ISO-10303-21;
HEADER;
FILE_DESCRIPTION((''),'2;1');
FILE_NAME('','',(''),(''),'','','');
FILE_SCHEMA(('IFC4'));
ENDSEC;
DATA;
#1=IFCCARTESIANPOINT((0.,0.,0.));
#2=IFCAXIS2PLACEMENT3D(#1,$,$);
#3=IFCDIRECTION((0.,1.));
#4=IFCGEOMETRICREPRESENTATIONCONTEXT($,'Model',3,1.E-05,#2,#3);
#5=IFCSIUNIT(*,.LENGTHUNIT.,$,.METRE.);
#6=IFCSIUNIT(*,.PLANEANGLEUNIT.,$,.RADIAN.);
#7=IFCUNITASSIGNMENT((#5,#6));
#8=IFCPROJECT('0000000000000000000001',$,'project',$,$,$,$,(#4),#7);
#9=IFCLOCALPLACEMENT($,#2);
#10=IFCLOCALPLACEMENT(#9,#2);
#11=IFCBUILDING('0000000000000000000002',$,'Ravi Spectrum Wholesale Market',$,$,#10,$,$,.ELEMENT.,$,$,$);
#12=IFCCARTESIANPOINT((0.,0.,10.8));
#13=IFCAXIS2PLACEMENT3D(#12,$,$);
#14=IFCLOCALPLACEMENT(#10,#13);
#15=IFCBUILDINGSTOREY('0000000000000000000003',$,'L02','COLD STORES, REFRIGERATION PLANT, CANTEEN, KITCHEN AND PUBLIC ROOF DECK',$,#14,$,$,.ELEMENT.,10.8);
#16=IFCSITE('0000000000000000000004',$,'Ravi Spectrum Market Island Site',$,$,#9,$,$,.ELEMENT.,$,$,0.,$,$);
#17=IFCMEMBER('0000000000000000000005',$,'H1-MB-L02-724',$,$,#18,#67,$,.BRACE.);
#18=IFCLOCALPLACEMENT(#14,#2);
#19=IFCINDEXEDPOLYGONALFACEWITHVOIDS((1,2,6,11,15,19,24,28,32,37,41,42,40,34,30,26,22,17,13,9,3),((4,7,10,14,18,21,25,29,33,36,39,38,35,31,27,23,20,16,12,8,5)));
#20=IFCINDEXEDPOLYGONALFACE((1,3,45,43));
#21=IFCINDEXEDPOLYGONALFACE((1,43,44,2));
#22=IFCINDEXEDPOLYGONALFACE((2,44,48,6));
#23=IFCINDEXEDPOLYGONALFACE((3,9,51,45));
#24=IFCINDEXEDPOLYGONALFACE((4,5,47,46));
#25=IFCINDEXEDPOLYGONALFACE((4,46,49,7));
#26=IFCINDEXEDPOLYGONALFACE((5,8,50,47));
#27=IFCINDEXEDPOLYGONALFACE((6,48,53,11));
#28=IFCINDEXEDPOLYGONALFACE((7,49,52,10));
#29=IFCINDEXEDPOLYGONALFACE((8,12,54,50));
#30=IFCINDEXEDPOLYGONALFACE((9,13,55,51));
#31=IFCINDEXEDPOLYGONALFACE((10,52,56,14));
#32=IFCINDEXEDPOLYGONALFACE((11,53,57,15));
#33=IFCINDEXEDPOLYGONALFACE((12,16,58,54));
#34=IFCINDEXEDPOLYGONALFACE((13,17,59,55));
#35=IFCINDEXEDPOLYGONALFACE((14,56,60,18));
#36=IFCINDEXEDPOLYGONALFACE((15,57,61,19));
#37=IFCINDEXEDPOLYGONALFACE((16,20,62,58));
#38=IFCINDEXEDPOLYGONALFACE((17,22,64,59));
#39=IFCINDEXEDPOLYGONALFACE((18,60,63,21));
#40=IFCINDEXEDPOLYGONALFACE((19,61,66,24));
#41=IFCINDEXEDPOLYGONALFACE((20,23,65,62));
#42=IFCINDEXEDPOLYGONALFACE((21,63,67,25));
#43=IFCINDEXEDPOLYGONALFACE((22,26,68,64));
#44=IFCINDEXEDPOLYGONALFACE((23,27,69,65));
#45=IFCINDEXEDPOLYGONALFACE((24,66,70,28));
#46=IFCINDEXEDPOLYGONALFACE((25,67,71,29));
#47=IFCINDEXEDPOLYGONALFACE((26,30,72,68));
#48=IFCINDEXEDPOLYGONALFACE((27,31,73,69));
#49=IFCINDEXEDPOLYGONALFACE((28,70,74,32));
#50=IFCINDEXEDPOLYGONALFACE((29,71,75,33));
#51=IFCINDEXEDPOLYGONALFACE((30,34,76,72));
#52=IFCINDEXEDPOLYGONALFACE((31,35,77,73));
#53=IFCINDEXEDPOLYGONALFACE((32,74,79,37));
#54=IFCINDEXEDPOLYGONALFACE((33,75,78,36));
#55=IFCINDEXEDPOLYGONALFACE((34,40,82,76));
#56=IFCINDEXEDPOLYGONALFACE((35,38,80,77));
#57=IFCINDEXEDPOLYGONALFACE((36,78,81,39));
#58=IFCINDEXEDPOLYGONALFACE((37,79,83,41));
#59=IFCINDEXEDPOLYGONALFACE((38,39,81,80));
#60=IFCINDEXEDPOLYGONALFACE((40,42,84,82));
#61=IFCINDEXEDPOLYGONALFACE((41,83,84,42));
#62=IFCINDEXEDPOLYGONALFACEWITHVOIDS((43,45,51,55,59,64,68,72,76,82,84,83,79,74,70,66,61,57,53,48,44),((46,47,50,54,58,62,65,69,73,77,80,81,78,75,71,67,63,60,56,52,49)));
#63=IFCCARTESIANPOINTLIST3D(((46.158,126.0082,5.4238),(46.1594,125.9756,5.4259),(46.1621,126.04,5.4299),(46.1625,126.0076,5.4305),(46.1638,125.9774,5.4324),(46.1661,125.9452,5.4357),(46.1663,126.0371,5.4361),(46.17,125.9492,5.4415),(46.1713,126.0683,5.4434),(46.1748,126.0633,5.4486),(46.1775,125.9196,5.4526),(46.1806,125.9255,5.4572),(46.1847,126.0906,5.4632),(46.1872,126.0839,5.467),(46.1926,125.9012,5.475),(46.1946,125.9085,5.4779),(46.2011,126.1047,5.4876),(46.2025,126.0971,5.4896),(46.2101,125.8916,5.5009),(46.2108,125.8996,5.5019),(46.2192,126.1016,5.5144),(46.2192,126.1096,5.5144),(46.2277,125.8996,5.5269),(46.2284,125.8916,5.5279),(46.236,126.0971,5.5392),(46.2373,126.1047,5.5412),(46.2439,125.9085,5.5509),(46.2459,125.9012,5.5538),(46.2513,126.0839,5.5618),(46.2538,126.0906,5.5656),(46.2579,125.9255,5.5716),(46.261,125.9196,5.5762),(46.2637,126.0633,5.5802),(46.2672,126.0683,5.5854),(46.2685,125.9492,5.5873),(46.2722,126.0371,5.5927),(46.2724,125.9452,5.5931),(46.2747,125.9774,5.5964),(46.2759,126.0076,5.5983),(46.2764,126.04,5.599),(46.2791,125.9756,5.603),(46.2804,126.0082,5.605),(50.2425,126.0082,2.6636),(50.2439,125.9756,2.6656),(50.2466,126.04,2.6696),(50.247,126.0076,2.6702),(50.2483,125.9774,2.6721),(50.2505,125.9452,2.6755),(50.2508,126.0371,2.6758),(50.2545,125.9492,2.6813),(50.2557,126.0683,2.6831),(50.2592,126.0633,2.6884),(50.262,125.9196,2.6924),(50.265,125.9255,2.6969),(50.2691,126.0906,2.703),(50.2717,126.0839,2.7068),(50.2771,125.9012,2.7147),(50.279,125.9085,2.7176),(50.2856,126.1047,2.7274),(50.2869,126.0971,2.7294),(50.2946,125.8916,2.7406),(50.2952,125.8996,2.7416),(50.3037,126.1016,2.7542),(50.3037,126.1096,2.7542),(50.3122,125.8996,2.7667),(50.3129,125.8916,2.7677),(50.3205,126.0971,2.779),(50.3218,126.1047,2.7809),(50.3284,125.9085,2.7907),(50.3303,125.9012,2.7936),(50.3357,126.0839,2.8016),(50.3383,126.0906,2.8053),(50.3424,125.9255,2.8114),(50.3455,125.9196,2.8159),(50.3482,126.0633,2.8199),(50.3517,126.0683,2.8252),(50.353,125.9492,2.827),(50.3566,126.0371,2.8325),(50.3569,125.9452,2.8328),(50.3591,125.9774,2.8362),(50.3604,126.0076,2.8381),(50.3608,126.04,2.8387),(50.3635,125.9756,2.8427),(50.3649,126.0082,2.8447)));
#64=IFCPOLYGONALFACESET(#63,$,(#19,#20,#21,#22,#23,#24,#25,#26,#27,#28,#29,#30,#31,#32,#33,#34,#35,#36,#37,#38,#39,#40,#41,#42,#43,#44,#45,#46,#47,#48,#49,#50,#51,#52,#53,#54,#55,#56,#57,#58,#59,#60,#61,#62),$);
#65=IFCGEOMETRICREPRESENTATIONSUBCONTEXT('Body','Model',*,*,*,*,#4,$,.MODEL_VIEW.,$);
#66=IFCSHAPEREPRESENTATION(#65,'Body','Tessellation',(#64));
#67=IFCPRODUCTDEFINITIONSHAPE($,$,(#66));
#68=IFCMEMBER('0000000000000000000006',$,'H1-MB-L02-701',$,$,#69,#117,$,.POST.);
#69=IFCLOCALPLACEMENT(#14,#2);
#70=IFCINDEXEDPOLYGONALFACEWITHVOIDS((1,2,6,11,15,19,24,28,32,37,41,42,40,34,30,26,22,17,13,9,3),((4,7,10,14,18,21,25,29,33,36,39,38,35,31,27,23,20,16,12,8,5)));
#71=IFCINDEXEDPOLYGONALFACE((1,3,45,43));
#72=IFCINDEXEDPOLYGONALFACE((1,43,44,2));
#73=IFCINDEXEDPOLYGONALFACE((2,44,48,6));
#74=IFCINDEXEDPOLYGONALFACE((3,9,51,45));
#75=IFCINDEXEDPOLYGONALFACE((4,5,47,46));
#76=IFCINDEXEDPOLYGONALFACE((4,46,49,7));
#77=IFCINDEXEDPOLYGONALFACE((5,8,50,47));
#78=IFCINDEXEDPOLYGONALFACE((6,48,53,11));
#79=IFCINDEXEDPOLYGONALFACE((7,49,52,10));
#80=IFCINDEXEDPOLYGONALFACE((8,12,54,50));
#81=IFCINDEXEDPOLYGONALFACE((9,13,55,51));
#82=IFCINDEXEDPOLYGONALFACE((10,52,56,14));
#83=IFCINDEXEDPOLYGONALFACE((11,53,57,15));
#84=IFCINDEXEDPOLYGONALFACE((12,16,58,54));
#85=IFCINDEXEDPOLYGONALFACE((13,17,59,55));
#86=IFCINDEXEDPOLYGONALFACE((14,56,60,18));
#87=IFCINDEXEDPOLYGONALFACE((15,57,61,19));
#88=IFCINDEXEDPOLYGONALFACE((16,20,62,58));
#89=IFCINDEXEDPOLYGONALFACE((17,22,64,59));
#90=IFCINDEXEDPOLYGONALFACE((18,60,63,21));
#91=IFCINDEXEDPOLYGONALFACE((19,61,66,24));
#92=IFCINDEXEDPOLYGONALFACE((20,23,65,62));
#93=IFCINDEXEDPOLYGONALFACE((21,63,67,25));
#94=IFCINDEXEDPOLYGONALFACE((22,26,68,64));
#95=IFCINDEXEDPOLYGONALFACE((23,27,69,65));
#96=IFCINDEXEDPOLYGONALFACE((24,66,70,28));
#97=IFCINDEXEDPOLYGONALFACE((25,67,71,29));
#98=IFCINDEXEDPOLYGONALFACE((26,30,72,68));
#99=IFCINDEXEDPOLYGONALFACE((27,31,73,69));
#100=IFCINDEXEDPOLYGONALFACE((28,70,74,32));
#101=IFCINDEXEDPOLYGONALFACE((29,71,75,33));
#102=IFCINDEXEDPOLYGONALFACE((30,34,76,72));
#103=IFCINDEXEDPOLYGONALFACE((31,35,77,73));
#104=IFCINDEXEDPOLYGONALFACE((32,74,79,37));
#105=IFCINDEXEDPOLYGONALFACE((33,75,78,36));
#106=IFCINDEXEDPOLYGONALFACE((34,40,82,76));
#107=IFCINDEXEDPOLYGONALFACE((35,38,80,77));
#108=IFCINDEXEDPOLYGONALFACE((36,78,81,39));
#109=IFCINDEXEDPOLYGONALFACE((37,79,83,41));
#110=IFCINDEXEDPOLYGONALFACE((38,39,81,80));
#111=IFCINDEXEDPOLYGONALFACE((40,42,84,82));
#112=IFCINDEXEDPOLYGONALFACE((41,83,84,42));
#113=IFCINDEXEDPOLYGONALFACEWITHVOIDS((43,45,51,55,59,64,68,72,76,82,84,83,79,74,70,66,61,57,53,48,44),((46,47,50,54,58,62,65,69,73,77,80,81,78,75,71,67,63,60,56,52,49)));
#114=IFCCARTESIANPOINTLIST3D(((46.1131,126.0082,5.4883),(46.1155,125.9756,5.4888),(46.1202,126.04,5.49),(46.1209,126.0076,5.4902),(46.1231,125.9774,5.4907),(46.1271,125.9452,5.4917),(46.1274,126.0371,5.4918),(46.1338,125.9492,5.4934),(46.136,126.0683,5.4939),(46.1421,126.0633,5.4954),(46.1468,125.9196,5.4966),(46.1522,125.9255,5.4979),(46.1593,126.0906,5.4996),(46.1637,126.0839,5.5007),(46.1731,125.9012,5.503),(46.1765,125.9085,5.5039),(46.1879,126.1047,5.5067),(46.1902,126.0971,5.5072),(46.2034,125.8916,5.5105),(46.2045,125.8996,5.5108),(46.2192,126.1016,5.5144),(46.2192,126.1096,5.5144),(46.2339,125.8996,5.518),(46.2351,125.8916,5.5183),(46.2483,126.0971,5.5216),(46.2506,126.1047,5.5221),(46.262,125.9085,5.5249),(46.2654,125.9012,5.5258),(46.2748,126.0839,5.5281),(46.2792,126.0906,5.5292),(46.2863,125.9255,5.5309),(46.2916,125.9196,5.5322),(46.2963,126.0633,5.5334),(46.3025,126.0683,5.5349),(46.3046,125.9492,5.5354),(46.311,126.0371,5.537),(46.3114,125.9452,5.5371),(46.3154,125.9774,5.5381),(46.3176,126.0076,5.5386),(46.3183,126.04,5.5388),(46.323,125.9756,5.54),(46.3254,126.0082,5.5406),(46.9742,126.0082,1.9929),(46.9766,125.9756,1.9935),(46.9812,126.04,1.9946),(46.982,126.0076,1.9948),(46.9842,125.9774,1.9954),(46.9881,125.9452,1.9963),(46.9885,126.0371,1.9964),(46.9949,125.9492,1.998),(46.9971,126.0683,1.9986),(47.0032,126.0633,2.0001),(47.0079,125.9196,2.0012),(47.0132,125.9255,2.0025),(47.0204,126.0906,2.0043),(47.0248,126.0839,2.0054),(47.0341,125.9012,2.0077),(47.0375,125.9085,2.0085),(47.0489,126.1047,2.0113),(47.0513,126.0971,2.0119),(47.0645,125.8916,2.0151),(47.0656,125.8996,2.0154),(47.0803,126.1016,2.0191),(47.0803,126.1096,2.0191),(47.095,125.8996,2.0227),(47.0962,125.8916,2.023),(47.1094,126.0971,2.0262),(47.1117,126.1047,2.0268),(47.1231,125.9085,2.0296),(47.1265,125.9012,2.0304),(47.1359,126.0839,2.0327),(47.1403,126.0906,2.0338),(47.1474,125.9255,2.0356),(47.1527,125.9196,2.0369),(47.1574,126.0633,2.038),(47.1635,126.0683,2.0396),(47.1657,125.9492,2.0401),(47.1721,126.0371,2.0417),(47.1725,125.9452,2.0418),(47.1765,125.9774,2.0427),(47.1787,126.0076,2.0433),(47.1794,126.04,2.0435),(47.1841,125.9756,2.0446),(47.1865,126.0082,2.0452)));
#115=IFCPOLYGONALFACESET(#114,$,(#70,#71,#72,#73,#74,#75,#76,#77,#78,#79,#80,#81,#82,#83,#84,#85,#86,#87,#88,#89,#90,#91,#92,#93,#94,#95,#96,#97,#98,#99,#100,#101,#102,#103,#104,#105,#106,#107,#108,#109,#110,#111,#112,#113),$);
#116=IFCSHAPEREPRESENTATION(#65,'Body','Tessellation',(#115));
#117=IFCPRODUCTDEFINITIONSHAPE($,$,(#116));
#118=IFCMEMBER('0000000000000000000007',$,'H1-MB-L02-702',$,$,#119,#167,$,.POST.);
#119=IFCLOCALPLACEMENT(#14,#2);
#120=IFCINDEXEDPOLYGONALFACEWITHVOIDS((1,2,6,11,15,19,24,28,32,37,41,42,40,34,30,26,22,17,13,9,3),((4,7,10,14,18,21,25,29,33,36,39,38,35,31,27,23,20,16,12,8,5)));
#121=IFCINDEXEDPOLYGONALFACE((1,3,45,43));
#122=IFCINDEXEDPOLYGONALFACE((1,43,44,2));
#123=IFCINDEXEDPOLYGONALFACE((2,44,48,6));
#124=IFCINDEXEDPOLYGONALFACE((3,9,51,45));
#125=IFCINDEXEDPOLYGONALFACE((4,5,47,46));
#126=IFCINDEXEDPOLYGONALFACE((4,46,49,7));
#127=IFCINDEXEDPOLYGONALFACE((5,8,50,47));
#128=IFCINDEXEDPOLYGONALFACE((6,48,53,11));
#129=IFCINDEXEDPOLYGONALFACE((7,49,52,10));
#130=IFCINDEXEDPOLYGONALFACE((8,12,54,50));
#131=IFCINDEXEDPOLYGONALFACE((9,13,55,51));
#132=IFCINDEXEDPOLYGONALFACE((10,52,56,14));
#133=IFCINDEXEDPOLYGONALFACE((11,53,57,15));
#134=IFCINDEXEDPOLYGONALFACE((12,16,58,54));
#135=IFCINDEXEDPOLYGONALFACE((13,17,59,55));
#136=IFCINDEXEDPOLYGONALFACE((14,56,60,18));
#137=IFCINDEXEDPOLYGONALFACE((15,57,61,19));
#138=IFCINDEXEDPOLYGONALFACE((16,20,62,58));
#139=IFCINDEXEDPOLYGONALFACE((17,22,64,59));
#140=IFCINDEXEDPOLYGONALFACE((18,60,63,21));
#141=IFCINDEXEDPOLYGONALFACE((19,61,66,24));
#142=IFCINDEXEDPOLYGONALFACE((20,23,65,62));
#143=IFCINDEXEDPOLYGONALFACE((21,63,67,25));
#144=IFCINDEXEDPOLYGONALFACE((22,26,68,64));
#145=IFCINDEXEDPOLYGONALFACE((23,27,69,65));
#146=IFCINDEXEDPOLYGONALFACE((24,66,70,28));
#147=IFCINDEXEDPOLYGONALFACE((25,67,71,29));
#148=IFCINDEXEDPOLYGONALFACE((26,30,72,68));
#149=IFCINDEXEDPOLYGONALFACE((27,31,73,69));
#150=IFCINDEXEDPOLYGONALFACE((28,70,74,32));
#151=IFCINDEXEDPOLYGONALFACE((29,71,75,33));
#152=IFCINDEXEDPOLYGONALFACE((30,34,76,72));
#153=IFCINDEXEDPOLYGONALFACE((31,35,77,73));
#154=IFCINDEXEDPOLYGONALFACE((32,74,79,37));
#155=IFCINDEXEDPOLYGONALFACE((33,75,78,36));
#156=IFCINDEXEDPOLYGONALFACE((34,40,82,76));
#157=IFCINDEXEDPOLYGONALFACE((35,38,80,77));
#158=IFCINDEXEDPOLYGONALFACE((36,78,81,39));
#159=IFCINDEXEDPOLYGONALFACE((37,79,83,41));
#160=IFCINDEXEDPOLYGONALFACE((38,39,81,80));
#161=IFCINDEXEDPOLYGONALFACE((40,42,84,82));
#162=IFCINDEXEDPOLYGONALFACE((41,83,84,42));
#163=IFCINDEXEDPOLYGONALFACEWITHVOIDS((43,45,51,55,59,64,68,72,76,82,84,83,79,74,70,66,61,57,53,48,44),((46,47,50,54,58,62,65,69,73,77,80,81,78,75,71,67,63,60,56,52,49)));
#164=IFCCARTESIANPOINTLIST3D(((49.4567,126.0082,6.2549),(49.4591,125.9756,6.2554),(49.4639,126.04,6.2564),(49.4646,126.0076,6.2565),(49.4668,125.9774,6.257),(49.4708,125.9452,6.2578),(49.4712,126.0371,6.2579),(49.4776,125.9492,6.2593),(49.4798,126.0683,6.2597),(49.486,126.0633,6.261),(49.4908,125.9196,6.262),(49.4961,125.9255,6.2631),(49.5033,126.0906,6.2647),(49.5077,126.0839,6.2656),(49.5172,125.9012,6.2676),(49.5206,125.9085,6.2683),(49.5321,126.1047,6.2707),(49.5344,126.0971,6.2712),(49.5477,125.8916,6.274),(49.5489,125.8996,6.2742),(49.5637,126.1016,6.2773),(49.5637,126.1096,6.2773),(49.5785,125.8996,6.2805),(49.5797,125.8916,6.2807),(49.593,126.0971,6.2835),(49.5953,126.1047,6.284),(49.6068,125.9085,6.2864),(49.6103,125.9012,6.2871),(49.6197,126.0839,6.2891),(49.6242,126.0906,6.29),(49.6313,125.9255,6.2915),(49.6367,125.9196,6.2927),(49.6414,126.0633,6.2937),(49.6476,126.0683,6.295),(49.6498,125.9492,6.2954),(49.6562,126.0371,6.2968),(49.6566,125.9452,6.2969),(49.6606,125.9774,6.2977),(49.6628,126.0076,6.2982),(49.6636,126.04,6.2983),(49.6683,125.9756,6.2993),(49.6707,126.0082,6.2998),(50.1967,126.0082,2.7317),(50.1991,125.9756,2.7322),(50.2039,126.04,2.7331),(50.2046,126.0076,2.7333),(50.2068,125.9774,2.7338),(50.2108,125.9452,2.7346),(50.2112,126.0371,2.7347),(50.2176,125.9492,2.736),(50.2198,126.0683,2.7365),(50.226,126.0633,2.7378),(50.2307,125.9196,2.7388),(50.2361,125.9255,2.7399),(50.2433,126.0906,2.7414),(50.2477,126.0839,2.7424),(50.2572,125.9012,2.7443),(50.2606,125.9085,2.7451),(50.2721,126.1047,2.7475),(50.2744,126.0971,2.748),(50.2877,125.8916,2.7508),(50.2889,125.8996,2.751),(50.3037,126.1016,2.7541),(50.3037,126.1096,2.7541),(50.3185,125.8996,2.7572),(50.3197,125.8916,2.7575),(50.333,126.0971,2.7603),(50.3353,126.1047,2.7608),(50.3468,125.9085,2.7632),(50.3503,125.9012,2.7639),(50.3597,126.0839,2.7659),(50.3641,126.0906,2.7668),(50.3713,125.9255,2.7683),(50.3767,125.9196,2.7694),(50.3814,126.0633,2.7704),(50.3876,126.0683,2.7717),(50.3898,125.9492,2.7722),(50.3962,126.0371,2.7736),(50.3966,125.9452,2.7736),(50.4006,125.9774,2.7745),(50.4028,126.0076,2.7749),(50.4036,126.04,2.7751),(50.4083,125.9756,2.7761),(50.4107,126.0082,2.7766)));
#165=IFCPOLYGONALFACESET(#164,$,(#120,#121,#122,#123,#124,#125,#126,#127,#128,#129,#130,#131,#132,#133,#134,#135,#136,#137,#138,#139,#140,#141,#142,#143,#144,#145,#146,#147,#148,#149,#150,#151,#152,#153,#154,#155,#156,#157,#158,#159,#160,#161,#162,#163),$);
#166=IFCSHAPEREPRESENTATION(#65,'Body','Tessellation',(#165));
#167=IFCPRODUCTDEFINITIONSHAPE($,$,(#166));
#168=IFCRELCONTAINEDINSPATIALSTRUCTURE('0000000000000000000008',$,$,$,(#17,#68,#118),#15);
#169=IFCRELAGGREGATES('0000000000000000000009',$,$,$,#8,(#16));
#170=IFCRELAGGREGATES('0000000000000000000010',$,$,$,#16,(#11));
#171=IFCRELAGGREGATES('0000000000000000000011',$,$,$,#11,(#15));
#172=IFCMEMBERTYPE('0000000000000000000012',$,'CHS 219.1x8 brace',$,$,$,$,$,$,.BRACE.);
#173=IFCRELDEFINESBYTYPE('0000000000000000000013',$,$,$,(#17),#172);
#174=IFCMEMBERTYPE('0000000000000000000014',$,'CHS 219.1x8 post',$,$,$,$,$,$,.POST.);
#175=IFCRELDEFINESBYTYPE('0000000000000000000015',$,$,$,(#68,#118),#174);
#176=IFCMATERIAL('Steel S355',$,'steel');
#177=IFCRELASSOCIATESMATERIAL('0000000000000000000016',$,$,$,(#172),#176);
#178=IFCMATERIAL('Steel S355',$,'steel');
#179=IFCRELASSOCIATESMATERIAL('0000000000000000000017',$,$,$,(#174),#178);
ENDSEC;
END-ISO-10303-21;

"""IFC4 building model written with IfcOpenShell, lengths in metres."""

from ifc_helpers import new_model, si_unit, direction, frame, origin, origin_2d, place, context, subcontext, project, spatial, hollow_circle, extrude, material, material_profile, profile_set, type_object, element, save


model = new_model("IFC4")

# Units and contexts
model_context = context("Model", 3, precision=1e-05, world=origin(), true_north=direction((0.0, 1.0)))
body_context = subcontext(model_context, "Body", "Model", "MODEL_VIEW")
ifc_project = project(units=[si_unit("LENGTHUNIT", "METRE"), si_unit("PLANEANGLEUNIT", "RADIAN")], contexts=[model_context])

# Site, building, storey
site_placement = place(None, origin())
site = spatial("IfcSite", under=ifc_project, at=site_placement, Name="Ravi Spectrum Market Island Site", CompositionType="ELEMENT", RefElevation=0.0)
building_placement = place(site_placement, origin())
building = spatial("IfcBuilding", under=site, at=building_placement, Name="Ravi Spectrum Wholesale Market", CompositionType="ELEMENT")
storey_placement = place(building_placement, frame((0.0, 0.0, 10.8)))
storey = spatial("IfcBuildingStorey", under=building, at=storey_placement, Name="L02", Description="COLD STORES, REFRIGERATION PLANT, CANTEEN, KITCHEN AND PUBLIC ROOF DECK", CompositionType="ELEMENT", Elevation=10.8)

# Members
ifc_material_1 = material(Name="Steel S355", Category="steel")
ifc_material_profile_1 = material_profile(ifc_material_1, hollow_circle(Radius=0.1096, WallThickness=0.0081, at=origin_2d()))
ifc_profile_set_1 = profile_set([ifc_material_profile_1], Name="Steel S355")
member_type_1 = type_object("IfcMemberType", Name="CHS 219.1x8 brace", PredefinedType="BRACE", material=ifc_profile_set_1)
member_1_placement = place(storey_placement, frame((46.2192, 126.0, 5.5144), z_axis=(0.828544, 0.0, -0.559924), x_axis=(0.0, 1.0, 0.0)))
element("IfcMember", 1, at=member_1_placement, inside=storey, type_object=member_type_1, Name="H1-MB-L02-724", PredefinedType="BRACE", context=body_context, shape_type="SweptSolid", body=[
    extrude(hollow_circle(Radius=0.1096, WallThickness=0.0081, at=origin_2d()), origin(), (0.0, 0.0, 1.0), 4.9297),
])
ifc_material_2 = material(Name="Steel S355", Category="steel")
ifc_material_profile_2 = material_profile(ifc_material_2, hollow_circle(Radius=0.1096, WallThickness=0.0081, at=origin_2d()))
ifc_profile_set_2 = profile_set([ifc_material_profile_2], Name="Steel S355")
member_type_2 = type_object("IfcMemberType", Name="CHS 219.1x8 post", PredefinedType="POST", material=ifc_profile_set_2)
member_2_placement = place(storey_placement, frame((46.2192, 126.0, 5.5144), z_axis=(0.239199, 0.0, -0.970971), x_axis=(0.0, 1.0, 0.0)))
element("IfcMember", 2, at=member_2_placement, inside=storey, type_object=member_type_2, Name="H1-MB-L02-701", PredefinedType="POST", context=body_context, shape_type="SweptSolid", body=[
    extrude(hollow_circle(Radius=0.1096, WallThickness=0.0081, at=origin_2d()), origin(), (0.0, 0.0, 1.0), 3.5999),
])
for number, where, z_axis, x_axis, name in (
    (3, (49.5637, 126.0, 6.2773), (0.205549, 0.0, -0.978647), (0.0, 1.0, 0.0), "H1-MB-L02-702"),
):
    element("IfcMember", number, at=place(storey_placement, frame(where, z_axis=z_axis, x_axis=x_axis)), inside=storey, type_object=member_type_2, Name=name, PredefinedType="POST", context=body_context, shape_type="SweptSolid", body=[
        extrude(hollow_circle(Radius=0.1096, WallThickness=0.0081, at=origin_2d()), origin(), (0.0, 0.0, 1.0), 3.6001),
    ])

save(model, "model.ifc")
